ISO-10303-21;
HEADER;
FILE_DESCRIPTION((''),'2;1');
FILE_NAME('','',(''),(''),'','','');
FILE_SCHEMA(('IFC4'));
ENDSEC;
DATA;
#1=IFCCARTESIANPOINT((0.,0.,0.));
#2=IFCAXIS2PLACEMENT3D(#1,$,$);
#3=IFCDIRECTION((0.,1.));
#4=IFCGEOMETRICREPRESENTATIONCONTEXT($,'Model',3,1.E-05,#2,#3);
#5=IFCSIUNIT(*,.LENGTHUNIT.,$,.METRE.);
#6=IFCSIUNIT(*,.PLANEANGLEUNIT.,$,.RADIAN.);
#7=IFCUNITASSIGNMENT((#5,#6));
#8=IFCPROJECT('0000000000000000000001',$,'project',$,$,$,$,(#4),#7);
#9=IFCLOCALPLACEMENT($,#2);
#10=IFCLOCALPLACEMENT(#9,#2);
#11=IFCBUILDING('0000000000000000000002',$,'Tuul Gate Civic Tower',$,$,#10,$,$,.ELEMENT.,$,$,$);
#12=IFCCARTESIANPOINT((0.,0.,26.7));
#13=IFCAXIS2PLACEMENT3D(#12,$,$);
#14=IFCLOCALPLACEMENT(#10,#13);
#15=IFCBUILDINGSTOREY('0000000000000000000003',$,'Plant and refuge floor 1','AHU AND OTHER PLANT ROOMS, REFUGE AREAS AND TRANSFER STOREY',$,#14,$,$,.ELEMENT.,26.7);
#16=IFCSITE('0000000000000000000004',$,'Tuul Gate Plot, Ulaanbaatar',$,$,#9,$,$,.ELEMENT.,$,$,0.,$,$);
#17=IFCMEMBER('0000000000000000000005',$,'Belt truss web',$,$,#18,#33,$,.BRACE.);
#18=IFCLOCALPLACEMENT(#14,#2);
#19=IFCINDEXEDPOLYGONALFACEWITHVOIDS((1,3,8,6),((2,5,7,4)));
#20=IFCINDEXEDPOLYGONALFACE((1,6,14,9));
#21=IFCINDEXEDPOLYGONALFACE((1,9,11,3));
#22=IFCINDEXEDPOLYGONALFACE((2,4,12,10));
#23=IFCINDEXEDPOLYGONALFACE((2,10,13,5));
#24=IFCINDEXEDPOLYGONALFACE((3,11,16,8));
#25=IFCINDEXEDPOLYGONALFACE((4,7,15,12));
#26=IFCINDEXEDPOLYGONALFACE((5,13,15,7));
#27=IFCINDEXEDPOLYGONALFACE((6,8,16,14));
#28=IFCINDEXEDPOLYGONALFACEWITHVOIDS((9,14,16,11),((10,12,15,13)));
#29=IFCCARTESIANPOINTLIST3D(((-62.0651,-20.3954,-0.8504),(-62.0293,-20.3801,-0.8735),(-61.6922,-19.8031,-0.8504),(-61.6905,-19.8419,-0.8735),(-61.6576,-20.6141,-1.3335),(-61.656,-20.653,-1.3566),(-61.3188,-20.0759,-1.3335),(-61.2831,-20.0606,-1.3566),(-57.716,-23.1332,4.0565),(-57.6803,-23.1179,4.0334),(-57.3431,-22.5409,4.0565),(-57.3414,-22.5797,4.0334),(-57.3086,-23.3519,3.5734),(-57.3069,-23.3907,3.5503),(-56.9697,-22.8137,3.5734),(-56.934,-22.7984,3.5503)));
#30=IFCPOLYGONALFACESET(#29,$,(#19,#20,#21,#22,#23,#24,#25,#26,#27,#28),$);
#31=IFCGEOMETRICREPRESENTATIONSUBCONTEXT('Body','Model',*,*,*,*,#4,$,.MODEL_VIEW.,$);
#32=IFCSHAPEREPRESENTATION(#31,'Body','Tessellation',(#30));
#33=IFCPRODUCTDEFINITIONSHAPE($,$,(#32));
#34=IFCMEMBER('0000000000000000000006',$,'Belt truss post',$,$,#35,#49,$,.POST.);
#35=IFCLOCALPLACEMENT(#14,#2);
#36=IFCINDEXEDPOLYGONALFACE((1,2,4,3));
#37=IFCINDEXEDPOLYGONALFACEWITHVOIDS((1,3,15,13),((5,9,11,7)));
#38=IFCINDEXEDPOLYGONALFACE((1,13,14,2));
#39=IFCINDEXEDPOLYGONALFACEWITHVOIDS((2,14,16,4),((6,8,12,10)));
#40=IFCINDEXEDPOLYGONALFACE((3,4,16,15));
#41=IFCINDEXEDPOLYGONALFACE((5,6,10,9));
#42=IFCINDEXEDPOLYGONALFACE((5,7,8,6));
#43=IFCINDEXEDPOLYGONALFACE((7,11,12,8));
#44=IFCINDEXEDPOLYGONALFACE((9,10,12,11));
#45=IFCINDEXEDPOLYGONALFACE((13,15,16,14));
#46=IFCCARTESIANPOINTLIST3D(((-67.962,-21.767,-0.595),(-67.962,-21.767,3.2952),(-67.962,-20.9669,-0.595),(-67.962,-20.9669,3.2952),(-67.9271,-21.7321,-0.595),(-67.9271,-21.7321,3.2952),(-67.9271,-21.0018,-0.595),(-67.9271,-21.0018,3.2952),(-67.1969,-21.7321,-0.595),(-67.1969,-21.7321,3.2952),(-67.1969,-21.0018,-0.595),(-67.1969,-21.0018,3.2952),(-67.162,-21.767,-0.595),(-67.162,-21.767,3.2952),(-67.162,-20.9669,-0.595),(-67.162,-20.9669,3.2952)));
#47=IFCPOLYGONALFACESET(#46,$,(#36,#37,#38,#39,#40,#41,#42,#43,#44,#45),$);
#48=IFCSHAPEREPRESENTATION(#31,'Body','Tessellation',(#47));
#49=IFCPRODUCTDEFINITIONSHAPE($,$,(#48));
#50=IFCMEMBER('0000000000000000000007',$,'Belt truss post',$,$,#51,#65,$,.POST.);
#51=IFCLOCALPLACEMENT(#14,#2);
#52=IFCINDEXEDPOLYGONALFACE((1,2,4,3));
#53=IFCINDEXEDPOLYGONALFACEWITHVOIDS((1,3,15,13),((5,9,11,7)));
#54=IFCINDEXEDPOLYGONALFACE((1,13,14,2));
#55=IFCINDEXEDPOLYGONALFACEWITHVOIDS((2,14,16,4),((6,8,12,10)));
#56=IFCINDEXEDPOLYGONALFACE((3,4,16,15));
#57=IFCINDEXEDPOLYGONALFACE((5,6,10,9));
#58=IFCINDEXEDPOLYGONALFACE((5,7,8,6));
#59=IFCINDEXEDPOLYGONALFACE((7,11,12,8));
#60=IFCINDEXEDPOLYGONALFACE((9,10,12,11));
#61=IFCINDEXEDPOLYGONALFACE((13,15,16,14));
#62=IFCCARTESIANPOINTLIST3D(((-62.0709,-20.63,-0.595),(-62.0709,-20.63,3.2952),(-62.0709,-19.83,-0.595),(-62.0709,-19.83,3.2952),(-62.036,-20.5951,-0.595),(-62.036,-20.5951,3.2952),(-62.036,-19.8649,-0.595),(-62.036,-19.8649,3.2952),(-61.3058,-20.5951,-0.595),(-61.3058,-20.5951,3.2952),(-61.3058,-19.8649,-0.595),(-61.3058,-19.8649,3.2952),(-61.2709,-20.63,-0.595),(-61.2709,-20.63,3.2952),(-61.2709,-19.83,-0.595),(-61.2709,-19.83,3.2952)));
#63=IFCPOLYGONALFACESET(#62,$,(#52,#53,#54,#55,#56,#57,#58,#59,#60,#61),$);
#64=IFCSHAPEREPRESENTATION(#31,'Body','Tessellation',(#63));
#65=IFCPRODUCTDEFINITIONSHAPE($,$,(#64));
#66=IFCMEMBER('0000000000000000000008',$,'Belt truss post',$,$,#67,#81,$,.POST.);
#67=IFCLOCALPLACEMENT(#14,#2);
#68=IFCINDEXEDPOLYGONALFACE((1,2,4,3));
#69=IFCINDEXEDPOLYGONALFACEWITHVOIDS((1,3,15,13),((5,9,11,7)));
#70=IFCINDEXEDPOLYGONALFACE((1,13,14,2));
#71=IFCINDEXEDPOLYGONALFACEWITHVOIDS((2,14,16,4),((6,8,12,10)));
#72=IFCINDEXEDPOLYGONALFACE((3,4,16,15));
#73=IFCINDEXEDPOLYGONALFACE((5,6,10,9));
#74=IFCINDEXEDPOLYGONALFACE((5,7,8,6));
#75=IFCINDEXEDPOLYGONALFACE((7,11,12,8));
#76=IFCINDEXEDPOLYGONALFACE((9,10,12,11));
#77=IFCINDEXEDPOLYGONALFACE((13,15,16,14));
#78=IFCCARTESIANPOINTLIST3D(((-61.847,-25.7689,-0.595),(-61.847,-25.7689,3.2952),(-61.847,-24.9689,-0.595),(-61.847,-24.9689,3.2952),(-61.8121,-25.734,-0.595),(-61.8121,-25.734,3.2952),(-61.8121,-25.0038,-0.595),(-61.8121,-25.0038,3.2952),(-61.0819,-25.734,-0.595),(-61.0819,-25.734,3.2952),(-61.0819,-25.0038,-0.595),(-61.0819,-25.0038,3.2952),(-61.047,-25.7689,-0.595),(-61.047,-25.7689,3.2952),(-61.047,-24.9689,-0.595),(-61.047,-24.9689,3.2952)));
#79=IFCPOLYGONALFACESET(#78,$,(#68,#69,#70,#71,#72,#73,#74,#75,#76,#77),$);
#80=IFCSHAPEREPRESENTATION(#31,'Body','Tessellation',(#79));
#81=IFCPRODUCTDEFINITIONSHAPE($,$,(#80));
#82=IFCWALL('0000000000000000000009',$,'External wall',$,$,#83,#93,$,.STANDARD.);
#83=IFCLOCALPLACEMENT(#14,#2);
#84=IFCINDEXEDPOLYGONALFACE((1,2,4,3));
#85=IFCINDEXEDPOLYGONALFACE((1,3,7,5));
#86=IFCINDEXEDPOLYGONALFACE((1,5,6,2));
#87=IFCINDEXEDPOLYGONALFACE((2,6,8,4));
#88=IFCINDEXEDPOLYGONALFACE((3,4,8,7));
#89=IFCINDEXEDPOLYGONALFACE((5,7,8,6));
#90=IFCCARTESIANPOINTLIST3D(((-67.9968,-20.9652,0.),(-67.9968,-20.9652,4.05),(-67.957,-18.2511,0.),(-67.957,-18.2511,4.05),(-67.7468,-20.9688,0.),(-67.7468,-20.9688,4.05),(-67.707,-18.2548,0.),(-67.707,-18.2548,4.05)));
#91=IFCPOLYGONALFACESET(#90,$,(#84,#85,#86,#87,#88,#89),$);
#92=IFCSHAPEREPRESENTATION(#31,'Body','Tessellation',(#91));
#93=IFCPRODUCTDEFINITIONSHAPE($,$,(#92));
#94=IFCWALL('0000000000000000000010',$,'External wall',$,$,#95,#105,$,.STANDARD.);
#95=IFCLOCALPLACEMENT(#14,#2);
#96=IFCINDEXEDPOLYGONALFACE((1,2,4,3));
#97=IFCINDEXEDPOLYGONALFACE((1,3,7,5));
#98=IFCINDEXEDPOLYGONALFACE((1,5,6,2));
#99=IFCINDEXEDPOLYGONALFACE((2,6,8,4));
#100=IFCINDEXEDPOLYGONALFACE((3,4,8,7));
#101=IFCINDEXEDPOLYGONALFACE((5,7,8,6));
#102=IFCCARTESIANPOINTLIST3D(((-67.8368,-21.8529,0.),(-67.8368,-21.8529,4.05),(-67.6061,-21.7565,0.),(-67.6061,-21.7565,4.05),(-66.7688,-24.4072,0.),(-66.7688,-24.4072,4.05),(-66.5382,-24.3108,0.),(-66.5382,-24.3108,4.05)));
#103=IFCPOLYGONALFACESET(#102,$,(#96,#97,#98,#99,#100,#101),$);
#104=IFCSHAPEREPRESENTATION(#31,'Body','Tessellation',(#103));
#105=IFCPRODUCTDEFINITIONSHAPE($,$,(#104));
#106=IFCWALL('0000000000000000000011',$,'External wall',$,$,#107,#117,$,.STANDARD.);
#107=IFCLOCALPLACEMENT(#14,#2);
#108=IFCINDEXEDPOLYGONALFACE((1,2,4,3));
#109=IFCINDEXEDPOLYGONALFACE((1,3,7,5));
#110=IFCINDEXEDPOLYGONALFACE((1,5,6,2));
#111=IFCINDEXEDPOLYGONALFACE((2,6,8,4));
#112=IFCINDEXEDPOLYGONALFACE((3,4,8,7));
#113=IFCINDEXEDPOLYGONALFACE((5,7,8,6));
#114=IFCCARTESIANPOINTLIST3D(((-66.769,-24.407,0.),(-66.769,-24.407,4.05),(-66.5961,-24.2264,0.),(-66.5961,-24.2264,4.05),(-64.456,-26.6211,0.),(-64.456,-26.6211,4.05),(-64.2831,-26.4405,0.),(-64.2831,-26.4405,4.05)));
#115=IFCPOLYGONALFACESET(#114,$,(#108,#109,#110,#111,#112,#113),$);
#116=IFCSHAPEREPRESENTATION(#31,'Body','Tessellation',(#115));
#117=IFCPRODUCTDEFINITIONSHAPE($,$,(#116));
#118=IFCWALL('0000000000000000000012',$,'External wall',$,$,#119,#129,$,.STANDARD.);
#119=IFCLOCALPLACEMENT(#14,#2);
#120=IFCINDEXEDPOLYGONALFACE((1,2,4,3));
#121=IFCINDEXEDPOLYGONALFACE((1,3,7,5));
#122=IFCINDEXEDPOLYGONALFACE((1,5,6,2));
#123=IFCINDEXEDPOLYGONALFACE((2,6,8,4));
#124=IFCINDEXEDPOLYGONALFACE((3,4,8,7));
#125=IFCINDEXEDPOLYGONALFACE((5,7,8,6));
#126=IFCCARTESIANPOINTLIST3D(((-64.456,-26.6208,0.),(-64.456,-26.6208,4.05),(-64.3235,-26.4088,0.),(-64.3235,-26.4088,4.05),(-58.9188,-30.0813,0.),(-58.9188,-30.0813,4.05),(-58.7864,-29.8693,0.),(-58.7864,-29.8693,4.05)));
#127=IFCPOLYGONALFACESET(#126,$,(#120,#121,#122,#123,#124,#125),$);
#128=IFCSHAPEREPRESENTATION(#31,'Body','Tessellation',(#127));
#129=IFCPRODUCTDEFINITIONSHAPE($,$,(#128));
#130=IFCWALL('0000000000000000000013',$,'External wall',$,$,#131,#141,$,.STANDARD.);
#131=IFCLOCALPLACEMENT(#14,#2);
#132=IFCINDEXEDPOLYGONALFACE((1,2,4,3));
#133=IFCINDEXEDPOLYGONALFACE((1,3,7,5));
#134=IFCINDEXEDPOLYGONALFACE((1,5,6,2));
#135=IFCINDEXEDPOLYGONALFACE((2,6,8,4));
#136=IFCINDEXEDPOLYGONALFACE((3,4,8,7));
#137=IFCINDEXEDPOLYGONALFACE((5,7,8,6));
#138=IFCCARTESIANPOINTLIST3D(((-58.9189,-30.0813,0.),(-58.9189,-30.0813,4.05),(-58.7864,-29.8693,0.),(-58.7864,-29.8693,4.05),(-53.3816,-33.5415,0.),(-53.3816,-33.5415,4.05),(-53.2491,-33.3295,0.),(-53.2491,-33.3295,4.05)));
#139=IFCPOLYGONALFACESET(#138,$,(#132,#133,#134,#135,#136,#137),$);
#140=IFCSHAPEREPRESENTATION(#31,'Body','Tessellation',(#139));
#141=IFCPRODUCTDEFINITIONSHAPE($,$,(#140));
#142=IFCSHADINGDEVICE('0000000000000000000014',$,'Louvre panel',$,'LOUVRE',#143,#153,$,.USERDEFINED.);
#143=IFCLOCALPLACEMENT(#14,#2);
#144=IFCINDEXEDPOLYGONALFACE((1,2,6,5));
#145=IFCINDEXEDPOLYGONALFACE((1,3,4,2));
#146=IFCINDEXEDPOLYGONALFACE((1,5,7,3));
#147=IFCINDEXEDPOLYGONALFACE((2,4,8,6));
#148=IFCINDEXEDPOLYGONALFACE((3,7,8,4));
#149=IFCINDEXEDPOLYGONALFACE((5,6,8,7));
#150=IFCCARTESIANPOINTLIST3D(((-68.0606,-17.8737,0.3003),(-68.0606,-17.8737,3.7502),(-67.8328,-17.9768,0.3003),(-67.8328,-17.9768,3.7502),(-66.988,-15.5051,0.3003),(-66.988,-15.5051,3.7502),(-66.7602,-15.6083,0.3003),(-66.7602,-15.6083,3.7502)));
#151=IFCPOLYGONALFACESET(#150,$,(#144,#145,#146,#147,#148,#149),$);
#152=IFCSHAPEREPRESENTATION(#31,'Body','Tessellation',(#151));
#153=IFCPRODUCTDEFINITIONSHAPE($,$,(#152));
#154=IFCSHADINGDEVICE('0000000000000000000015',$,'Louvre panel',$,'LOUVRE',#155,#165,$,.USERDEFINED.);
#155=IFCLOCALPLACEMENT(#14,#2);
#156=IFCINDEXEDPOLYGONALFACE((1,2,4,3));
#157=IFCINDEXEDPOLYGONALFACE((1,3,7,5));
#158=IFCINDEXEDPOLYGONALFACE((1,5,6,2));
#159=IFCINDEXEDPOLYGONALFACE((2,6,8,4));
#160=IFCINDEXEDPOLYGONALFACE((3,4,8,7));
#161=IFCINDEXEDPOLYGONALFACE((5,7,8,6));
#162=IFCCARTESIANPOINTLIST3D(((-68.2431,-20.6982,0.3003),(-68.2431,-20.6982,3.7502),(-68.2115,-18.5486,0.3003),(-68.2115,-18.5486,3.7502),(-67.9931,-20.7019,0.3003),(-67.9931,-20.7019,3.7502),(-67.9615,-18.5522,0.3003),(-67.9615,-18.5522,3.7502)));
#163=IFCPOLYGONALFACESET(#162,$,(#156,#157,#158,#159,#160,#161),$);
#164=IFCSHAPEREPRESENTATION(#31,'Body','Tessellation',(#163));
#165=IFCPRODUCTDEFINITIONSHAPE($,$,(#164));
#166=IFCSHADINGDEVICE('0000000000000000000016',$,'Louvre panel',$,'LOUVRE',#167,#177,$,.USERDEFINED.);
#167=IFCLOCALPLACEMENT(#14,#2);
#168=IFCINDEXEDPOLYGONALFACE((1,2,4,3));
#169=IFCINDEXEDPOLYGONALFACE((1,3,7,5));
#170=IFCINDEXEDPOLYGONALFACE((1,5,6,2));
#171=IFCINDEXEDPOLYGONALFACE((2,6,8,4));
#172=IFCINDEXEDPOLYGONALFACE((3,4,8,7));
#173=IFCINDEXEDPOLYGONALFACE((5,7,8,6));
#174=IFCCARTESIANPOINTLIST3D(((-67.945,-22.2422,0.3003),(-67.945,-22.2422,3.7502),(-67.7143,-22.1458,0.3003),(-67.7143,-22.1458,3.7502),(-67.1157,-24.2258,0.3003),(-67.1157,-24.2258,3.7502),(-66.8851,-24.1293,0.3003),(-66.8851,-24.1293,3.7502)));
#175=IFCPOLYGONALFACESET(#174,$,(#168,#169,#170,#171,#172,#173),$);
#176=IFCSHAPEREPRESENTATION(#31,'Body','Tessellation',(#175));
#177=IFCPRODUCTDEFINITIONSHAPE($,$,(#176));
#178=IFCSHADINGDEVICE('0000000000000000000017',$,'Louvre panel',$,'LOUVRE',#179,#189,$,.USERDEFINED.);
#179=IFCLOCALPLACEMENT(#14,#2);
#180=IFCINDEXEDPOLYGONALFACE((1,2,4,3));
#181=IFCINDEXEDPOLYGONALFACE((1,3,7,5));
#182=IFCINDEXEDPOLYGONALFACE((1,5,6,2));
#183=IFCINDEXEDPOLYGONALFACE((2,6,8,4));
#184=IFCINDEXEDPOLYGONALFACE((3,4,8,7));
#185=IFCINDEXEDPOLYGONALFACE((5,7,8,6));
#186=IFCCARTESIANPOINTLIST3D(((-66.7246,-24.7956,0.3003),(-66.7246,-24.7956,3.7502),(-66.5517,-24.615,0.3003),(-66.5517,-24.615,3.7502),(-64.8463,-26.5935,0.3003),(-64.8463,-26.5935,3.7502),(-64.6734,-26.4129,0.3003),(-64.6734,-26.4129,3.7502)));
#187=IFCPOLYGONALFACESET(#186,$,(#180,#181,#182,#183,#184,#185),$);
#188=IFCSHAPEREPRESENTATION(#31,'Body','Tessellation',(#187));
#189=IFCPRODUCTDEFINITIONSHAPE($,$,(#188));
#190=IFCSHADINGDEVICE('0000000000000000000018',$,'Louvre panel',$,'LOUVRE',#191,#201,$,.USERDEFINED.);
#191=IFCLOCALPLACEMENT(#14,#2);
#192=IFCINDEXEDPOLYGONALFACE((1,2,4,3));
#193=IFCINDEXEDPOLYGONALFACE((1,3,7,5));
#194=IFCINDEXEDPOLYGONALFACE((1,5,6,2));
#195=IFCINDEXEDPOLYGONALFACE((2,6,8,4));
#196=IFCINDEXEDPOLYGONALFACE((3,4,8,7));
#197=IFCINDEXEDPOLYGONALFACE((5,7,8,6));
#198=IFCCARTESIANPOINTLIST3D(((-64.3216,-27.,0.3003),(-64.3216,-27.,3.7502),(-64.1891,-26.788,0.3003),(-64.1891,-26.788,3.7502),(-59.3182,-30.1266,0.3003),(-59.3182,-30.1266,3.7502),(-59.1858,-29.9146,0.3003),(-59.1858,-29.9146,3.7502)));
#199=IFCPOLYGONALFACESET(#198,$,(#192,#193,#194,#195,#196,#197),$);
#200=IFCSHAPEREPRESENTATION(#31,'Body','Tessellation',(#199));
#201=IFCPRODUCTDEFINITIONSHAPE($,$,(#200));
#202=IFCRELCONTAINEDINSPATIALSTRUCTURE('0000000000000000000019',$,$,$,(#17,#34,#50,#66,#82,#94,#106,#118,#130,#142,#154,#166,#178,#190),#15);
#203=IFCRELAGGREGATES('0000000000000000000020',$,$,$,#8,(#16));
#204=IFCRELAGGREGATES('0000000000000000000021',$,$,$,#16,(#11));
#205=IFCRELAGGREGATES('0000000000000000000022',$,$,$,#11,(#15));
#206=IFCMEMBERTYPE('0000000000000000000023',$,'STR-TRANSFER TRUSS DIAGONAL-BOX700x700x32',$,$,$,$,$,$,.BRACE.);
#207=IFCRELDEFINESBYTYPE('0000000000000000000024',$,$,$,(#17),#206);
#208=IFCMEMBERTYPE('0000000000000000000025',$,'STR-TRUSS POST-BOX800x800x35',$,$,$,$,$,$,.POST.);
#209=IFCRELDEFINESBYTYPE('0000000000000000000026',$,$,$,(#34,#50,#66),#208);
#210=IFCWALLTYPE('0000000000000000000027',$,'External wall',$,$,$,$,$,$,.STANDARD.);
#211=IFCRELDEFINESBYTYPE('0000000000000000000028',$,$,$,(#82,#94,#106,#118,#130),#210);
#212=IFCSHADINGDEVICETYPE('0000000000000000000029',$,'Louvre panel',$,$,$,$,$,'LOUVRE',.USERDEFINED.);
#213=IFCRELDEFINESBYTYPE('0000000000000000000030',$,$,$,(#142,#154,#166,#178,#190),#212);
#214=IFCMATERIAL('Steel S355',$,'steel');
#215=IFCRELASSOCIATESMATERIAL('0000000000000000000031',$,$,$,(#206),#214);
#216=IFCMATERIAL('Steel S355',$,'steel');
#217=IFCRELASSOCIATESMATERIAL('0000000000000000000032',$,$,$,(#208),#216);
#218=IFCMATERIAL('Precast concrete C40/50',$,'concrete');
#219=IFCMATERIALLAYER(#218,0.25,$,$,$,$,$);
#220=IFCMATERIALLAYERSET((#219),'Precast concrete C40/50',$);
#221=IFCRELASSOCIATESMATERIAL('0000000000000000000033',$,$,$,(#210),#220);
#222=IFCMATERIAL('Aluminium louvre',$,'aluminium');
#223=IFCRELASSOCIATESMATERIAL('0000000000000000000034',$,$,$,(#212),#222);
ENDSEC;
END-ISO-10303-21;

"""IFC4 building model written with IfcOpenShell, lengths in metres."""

from ifc_helpers import new_model, si_unit, direction, frame, frame_2d, origin, origin_2d, place, context, subcontext, project, spatial, rectangle, hollow_rectangle, extrude, material, layer, layer_set, material_profile, profile_set, type_object, element, save


model = new_model("IFC4")

# Units and contexts
model_context = context("Model", 3, precision=1e-05, world=origin(), true_north=direction((0.0, 1.0)))
body_context = subcontext(model_context, "Body", "Model", "MODEL_VIEW")
ifc_project = project(units=[si_unit("LENGTHUNIT", "METRE"), si_unit("PLANEANGLEUNIT", "RADIAN")], contexts=[model_context])

# Site, building, storey
site_placement = place(None, origin())
site = spatial("IfcSite", under=ifc_project, at=site_placement, Name="Tuul Gate Plot, Ulaanbaatar", CompositionType="ELEMENT", RefElevation=0.0)
building_placement = place(site_placement, origin())
building = spatial("IfcBuilding", under=site, at=building_placement, Name="Tuul Gate Civic Tower", CompositionType="ELEMENT")
storey_placement = place(building_placement, frame((0.0, 0.0, 26.7)))
storey = spatial("IfcBuildingStorey", under=building, at=storey_placement, Name="Plant and refuge floor 1", Description="AHU AND OTHER PLANT ROOMS, REFUGE AREAS AND TRANSFER STOREY", CompositionType="ELEMENT", Elevation=26.7)

# Members
ifc_material_1 = material(Name="Steel S355", Category="steel")
ifc_material_profile_1 = material_profile(ifc_material_1, hollow_rectangle(XDim=0.7, YDim=0.7, WallThickness=0.032, at=origin_2d()), Name="BOX700x700x32")
ifc_profile_set_1 = profile_set([ifc_material_profile_1], Name="Steel S355")
member_type_1 = type_object("IfcMemberType", Name="STR-TRANSFER TRUSS DIAGONAL-BOX700x700x32", PredefinedType="BRACE", material=ifc_profile_set_1)
member_1_placement = place(storey_placement, frame((-61.6741, -20.228, -1.1035), z_axis=(0.612074, -0.385303, 0.690584), x_axis=(0.532738, 0.84628, 0.0)))
element("IfcMember", 1, at=member_1_placement, inside=storey, type_object=member_type_1, Name="Belt truss web", PredefinedType="BRACE", context=body_context, shape_type="SweptSolid", body=[
    extrude(hollow_rectangle(XDim=0.7, YDim=0.7, WallThickness=0.032, at=origin_2d()), origin(), (0.0, 0.0, 1.0), 7.1055),
])
ifc_material_2 = material(Name="Steel S355", Category="steel")
ifc_material_profile_2 = material_profile(ifc_material_2, hollow_rectangle(XDim=0.8, YDim=0.8, WallThickness=0.0349, at=origin_2d()), Name="BOX800x800x35")
ifc_profile_set_2 = profile_set([ifc_material_profile_2], Name="Steel S355")
member_type_2 = type_object("IfcMemberType", Name="STR-TRUSS POST-BOX800x800x35", PredefinedType="POST", material=ifc_profile_set_2)
for number, where, z_axis, x_axis, name in (
    (2, (-67.562, -21.3669, -0.595), (0.0, 0.0, 1.0), (1.0, 0.0, 0.0), "Belt truss post"),
    (3, (-61.6709, -20.23, -0.595), (0.0, 0.0, 1.0), (1.0, 0.0, 0.0), "Belt truss post"),
    (4, (-61.447, -25.3689, -0.595), (0.0, 0.0, 1.0), (1.0, 0.0, 0.0), "Belt truss post"),
):
    element("IfcMember", number, at=place(storey_placement, frame(where, z_axis=z_axis, x_axis=x_axis)), inside=storey, type_object=member_type_2, Name=name, PredefinedType="POST", context=body_context, shape_type="SweptSolid", body=[
        extrude(hollow_rectangle(XDim=0.8, YDim=0.8, WallThickness=0.0349, at=origin_2d()), origin(), (0.0, 0.0, 1.0), 3.8901),
    ])

# Walls
ifc_material_3 = material(Name="Precast concrete C40/50", Category="concrete")
ifc_layer = layer(ifc_material_3, 0.25)
ifc_layer_set = layer_set([ifc_layer], Name="Precast concrete C40/50")
wall_type = type_object("IfcWallType", Name="External wall", PredefinedType="STANDARD", material=ifc_layer_set)
wall_1_placement = place(storey_placement, frame((-67.832, -18.2529, 0.0), z_axis=(0.0, 0.0, 1.0), x_axis=(-0.014661, -0.999893, 0.0)))
element("IfcWall", 5, at=wall_1_placement, inside=storey, type_object=wall_type, Name="External wall", PredefinedType="STANDARD", context=body_context, shape_type="SweptSolid", body=[
    extrude(rectangle(XDim=2.7144, YDim=0.25, at=frame_2d((1.3572, 0.0))), origin(), (0.0, 0.0, 1.0), 4.05),
])
wall_2_placement = place(storey_placement, frame((-67.7214, -21.8047, 0.0), z_axis=(0.0, 0.0, 1.0), x_axis=(0.38573, -0.922612, 0.0)))
element("IfcWall", 6, at=wall_2_placement, inside=storey, type_object=wall_type, Name="External wall", PredefinedType="STANDARD", context=body_context, shape_type="SweptSolid", body=[
    extrude(rectangle(XDim=2.7686, YDim=0.25, at=frame_2d((1.3843, 0.0))), origin(), (0.0, 0.0, 1.0), 4.05),
])
wall_3_placement = place(storey_placement, frame((-66.6826, -24.3167, 0.0), z_axis=(0.0, 0.0, 1.0), x_axis=(0.722379, -0.691498, 0.0)))
element("IfcWall", 7, at=wall_3_placement, inside=storey, type_object=wall_type, Name="External wall", PredefinedType="STANDARD", context=body_context, shape_type="SweptSolid", body=[
    extrude(rectangle(XDim=3.2019, YDim=0.25, at=frame_2d((1.6011, 0.0))), origin(), (0.0, 0.0, 1.0), 4.05),
])
for number, where, z_axis, x_axis, name in (
    (8, (-64.3896, -26.5149, 0.0), (0.0, 0.0, 1.0), (0.848015, -0.529972, 0.0), "External wall"),
    (9, (-58.8525, -29.9753, 0.0), (0.0, 0.0, 1.0), (0.848042, -0.529928, 0.0), "External wall"),
):
    element("IfcWall", number, at=place(storey_placement, frame(where, z_axis=z_axis, x_axis=x_axis)), inside=storey, type_object=wall_type, Name=name, PredefinedType="STANDARD", context=body_context, shape_type="SweptSolid", body=[
        extrude(rectangle(XDim=6.5295, YDim=0.25, at=frame_2d((3.2646, 0.0))), origin(), (0.0, 0.0, 1.0), 4.05),
    ])

# Shading devices
ifc_material_4 = material(Name="Aluminium louvre", Category="aluminium")
shading_device_type = type_object("IfcShadingDeviceType", Name="Louvre panel", ElementType="LOUVRE", PredefinedType="USERDEFINED", material=ifc_material_4)
shading_device_1_placement = place(storey_placement, frame((-67.4104, -16.741, 0.3003), z_axis=(0.0, 0.0, 1.0), x_axis=(-0.910943, 0.412532, 0.0)))
element("IfcShadingDevice", 10, at=shading_device_1_placement, inside=storey, type_object=shading_device_type, Name="Louvre panel", ObjectType="LOUVRE", PredefinedType="USERDEFINED", context=body_context, shape_type="SweptSolid", body=[
    extrude(rectangle(XDim=0.25, YDim=2.6001, at=origin_2d()), origin(), (0.0, 0.0, 1.0), 3.45),
])
for number, where, z_axis, x_axis, name in (
    (11, (-68.1023, -19.6252, 0.3003), (0.0, 0.0, 1.0), (-0.999892, 0.014677, 0.0), "Louvre panel"),
    (12, (-67.415, -23.1858, 0.3003), (0.0, 0.0, 1.0), (-0.922614, -0.385724, 0.0), "Louvre panel"),
):
    element("IfcShadingDevice", number, at=place(storey_placement, frame(where, z_axis=z_axis, x_axis=x_axis)), inside=storey, type_object=shading_device_type, Name=name, ObjectType="LOUVRE", PredefinedType="USERDEFINED", context=body_context, shape_type="SweptSolid", body=[
        extrude(rectangle(XDim=0.25, YDim=2.1499, at=origin_2d()), origin(), (0.0, 0.0, 1.0), 3.45),
    ])
shading_device_2_placement = place(storey_placement, frame((-65.699, -25.6042, 0.3003), z_axis=(0.0, 0.0, 1.0), x_axis=(-0.691478, -0.722398, 0.0)))
element("IfcShadingDevice", 13, at=shading_device_2_placement, inside=storey, type_object=shading_device_type, Name="Louvre panel", ObjectType="LOUVRE", PredefinedType="USERDEFINED", context=body_context, shape_type="SweptSolid", body=[
    extrude(rectangle(XDim=0.25, YDim=2.6001, at=origin_2d()), origin(), (0.0, 0.0, 1.0), 3.45),
])
shading_device_3_placement = place(storey_placement, frame((-61.7537, -28.4573, 0.3003), z_axis=(0.0, 0.0, 1.0), x_axis=(-0.529944, -0.848033, 0.0)))
element("IfcShadingDevice", 14, at=shading_device_3_placement, inside=storey, type_object=shading_device_type, Name="Louvre panel", ObjectType="LOUVRE", PredefinedType="USERDEFINED", context=body_context, shape_type="SweptSolid", body=[
    extrude(rectangle(XDim=0.25, YDim=5.8999, at=origin_2d()), origin(), (0.0, 0.0, 1.0), 3.45),
])

save(model, "model.ifc")
